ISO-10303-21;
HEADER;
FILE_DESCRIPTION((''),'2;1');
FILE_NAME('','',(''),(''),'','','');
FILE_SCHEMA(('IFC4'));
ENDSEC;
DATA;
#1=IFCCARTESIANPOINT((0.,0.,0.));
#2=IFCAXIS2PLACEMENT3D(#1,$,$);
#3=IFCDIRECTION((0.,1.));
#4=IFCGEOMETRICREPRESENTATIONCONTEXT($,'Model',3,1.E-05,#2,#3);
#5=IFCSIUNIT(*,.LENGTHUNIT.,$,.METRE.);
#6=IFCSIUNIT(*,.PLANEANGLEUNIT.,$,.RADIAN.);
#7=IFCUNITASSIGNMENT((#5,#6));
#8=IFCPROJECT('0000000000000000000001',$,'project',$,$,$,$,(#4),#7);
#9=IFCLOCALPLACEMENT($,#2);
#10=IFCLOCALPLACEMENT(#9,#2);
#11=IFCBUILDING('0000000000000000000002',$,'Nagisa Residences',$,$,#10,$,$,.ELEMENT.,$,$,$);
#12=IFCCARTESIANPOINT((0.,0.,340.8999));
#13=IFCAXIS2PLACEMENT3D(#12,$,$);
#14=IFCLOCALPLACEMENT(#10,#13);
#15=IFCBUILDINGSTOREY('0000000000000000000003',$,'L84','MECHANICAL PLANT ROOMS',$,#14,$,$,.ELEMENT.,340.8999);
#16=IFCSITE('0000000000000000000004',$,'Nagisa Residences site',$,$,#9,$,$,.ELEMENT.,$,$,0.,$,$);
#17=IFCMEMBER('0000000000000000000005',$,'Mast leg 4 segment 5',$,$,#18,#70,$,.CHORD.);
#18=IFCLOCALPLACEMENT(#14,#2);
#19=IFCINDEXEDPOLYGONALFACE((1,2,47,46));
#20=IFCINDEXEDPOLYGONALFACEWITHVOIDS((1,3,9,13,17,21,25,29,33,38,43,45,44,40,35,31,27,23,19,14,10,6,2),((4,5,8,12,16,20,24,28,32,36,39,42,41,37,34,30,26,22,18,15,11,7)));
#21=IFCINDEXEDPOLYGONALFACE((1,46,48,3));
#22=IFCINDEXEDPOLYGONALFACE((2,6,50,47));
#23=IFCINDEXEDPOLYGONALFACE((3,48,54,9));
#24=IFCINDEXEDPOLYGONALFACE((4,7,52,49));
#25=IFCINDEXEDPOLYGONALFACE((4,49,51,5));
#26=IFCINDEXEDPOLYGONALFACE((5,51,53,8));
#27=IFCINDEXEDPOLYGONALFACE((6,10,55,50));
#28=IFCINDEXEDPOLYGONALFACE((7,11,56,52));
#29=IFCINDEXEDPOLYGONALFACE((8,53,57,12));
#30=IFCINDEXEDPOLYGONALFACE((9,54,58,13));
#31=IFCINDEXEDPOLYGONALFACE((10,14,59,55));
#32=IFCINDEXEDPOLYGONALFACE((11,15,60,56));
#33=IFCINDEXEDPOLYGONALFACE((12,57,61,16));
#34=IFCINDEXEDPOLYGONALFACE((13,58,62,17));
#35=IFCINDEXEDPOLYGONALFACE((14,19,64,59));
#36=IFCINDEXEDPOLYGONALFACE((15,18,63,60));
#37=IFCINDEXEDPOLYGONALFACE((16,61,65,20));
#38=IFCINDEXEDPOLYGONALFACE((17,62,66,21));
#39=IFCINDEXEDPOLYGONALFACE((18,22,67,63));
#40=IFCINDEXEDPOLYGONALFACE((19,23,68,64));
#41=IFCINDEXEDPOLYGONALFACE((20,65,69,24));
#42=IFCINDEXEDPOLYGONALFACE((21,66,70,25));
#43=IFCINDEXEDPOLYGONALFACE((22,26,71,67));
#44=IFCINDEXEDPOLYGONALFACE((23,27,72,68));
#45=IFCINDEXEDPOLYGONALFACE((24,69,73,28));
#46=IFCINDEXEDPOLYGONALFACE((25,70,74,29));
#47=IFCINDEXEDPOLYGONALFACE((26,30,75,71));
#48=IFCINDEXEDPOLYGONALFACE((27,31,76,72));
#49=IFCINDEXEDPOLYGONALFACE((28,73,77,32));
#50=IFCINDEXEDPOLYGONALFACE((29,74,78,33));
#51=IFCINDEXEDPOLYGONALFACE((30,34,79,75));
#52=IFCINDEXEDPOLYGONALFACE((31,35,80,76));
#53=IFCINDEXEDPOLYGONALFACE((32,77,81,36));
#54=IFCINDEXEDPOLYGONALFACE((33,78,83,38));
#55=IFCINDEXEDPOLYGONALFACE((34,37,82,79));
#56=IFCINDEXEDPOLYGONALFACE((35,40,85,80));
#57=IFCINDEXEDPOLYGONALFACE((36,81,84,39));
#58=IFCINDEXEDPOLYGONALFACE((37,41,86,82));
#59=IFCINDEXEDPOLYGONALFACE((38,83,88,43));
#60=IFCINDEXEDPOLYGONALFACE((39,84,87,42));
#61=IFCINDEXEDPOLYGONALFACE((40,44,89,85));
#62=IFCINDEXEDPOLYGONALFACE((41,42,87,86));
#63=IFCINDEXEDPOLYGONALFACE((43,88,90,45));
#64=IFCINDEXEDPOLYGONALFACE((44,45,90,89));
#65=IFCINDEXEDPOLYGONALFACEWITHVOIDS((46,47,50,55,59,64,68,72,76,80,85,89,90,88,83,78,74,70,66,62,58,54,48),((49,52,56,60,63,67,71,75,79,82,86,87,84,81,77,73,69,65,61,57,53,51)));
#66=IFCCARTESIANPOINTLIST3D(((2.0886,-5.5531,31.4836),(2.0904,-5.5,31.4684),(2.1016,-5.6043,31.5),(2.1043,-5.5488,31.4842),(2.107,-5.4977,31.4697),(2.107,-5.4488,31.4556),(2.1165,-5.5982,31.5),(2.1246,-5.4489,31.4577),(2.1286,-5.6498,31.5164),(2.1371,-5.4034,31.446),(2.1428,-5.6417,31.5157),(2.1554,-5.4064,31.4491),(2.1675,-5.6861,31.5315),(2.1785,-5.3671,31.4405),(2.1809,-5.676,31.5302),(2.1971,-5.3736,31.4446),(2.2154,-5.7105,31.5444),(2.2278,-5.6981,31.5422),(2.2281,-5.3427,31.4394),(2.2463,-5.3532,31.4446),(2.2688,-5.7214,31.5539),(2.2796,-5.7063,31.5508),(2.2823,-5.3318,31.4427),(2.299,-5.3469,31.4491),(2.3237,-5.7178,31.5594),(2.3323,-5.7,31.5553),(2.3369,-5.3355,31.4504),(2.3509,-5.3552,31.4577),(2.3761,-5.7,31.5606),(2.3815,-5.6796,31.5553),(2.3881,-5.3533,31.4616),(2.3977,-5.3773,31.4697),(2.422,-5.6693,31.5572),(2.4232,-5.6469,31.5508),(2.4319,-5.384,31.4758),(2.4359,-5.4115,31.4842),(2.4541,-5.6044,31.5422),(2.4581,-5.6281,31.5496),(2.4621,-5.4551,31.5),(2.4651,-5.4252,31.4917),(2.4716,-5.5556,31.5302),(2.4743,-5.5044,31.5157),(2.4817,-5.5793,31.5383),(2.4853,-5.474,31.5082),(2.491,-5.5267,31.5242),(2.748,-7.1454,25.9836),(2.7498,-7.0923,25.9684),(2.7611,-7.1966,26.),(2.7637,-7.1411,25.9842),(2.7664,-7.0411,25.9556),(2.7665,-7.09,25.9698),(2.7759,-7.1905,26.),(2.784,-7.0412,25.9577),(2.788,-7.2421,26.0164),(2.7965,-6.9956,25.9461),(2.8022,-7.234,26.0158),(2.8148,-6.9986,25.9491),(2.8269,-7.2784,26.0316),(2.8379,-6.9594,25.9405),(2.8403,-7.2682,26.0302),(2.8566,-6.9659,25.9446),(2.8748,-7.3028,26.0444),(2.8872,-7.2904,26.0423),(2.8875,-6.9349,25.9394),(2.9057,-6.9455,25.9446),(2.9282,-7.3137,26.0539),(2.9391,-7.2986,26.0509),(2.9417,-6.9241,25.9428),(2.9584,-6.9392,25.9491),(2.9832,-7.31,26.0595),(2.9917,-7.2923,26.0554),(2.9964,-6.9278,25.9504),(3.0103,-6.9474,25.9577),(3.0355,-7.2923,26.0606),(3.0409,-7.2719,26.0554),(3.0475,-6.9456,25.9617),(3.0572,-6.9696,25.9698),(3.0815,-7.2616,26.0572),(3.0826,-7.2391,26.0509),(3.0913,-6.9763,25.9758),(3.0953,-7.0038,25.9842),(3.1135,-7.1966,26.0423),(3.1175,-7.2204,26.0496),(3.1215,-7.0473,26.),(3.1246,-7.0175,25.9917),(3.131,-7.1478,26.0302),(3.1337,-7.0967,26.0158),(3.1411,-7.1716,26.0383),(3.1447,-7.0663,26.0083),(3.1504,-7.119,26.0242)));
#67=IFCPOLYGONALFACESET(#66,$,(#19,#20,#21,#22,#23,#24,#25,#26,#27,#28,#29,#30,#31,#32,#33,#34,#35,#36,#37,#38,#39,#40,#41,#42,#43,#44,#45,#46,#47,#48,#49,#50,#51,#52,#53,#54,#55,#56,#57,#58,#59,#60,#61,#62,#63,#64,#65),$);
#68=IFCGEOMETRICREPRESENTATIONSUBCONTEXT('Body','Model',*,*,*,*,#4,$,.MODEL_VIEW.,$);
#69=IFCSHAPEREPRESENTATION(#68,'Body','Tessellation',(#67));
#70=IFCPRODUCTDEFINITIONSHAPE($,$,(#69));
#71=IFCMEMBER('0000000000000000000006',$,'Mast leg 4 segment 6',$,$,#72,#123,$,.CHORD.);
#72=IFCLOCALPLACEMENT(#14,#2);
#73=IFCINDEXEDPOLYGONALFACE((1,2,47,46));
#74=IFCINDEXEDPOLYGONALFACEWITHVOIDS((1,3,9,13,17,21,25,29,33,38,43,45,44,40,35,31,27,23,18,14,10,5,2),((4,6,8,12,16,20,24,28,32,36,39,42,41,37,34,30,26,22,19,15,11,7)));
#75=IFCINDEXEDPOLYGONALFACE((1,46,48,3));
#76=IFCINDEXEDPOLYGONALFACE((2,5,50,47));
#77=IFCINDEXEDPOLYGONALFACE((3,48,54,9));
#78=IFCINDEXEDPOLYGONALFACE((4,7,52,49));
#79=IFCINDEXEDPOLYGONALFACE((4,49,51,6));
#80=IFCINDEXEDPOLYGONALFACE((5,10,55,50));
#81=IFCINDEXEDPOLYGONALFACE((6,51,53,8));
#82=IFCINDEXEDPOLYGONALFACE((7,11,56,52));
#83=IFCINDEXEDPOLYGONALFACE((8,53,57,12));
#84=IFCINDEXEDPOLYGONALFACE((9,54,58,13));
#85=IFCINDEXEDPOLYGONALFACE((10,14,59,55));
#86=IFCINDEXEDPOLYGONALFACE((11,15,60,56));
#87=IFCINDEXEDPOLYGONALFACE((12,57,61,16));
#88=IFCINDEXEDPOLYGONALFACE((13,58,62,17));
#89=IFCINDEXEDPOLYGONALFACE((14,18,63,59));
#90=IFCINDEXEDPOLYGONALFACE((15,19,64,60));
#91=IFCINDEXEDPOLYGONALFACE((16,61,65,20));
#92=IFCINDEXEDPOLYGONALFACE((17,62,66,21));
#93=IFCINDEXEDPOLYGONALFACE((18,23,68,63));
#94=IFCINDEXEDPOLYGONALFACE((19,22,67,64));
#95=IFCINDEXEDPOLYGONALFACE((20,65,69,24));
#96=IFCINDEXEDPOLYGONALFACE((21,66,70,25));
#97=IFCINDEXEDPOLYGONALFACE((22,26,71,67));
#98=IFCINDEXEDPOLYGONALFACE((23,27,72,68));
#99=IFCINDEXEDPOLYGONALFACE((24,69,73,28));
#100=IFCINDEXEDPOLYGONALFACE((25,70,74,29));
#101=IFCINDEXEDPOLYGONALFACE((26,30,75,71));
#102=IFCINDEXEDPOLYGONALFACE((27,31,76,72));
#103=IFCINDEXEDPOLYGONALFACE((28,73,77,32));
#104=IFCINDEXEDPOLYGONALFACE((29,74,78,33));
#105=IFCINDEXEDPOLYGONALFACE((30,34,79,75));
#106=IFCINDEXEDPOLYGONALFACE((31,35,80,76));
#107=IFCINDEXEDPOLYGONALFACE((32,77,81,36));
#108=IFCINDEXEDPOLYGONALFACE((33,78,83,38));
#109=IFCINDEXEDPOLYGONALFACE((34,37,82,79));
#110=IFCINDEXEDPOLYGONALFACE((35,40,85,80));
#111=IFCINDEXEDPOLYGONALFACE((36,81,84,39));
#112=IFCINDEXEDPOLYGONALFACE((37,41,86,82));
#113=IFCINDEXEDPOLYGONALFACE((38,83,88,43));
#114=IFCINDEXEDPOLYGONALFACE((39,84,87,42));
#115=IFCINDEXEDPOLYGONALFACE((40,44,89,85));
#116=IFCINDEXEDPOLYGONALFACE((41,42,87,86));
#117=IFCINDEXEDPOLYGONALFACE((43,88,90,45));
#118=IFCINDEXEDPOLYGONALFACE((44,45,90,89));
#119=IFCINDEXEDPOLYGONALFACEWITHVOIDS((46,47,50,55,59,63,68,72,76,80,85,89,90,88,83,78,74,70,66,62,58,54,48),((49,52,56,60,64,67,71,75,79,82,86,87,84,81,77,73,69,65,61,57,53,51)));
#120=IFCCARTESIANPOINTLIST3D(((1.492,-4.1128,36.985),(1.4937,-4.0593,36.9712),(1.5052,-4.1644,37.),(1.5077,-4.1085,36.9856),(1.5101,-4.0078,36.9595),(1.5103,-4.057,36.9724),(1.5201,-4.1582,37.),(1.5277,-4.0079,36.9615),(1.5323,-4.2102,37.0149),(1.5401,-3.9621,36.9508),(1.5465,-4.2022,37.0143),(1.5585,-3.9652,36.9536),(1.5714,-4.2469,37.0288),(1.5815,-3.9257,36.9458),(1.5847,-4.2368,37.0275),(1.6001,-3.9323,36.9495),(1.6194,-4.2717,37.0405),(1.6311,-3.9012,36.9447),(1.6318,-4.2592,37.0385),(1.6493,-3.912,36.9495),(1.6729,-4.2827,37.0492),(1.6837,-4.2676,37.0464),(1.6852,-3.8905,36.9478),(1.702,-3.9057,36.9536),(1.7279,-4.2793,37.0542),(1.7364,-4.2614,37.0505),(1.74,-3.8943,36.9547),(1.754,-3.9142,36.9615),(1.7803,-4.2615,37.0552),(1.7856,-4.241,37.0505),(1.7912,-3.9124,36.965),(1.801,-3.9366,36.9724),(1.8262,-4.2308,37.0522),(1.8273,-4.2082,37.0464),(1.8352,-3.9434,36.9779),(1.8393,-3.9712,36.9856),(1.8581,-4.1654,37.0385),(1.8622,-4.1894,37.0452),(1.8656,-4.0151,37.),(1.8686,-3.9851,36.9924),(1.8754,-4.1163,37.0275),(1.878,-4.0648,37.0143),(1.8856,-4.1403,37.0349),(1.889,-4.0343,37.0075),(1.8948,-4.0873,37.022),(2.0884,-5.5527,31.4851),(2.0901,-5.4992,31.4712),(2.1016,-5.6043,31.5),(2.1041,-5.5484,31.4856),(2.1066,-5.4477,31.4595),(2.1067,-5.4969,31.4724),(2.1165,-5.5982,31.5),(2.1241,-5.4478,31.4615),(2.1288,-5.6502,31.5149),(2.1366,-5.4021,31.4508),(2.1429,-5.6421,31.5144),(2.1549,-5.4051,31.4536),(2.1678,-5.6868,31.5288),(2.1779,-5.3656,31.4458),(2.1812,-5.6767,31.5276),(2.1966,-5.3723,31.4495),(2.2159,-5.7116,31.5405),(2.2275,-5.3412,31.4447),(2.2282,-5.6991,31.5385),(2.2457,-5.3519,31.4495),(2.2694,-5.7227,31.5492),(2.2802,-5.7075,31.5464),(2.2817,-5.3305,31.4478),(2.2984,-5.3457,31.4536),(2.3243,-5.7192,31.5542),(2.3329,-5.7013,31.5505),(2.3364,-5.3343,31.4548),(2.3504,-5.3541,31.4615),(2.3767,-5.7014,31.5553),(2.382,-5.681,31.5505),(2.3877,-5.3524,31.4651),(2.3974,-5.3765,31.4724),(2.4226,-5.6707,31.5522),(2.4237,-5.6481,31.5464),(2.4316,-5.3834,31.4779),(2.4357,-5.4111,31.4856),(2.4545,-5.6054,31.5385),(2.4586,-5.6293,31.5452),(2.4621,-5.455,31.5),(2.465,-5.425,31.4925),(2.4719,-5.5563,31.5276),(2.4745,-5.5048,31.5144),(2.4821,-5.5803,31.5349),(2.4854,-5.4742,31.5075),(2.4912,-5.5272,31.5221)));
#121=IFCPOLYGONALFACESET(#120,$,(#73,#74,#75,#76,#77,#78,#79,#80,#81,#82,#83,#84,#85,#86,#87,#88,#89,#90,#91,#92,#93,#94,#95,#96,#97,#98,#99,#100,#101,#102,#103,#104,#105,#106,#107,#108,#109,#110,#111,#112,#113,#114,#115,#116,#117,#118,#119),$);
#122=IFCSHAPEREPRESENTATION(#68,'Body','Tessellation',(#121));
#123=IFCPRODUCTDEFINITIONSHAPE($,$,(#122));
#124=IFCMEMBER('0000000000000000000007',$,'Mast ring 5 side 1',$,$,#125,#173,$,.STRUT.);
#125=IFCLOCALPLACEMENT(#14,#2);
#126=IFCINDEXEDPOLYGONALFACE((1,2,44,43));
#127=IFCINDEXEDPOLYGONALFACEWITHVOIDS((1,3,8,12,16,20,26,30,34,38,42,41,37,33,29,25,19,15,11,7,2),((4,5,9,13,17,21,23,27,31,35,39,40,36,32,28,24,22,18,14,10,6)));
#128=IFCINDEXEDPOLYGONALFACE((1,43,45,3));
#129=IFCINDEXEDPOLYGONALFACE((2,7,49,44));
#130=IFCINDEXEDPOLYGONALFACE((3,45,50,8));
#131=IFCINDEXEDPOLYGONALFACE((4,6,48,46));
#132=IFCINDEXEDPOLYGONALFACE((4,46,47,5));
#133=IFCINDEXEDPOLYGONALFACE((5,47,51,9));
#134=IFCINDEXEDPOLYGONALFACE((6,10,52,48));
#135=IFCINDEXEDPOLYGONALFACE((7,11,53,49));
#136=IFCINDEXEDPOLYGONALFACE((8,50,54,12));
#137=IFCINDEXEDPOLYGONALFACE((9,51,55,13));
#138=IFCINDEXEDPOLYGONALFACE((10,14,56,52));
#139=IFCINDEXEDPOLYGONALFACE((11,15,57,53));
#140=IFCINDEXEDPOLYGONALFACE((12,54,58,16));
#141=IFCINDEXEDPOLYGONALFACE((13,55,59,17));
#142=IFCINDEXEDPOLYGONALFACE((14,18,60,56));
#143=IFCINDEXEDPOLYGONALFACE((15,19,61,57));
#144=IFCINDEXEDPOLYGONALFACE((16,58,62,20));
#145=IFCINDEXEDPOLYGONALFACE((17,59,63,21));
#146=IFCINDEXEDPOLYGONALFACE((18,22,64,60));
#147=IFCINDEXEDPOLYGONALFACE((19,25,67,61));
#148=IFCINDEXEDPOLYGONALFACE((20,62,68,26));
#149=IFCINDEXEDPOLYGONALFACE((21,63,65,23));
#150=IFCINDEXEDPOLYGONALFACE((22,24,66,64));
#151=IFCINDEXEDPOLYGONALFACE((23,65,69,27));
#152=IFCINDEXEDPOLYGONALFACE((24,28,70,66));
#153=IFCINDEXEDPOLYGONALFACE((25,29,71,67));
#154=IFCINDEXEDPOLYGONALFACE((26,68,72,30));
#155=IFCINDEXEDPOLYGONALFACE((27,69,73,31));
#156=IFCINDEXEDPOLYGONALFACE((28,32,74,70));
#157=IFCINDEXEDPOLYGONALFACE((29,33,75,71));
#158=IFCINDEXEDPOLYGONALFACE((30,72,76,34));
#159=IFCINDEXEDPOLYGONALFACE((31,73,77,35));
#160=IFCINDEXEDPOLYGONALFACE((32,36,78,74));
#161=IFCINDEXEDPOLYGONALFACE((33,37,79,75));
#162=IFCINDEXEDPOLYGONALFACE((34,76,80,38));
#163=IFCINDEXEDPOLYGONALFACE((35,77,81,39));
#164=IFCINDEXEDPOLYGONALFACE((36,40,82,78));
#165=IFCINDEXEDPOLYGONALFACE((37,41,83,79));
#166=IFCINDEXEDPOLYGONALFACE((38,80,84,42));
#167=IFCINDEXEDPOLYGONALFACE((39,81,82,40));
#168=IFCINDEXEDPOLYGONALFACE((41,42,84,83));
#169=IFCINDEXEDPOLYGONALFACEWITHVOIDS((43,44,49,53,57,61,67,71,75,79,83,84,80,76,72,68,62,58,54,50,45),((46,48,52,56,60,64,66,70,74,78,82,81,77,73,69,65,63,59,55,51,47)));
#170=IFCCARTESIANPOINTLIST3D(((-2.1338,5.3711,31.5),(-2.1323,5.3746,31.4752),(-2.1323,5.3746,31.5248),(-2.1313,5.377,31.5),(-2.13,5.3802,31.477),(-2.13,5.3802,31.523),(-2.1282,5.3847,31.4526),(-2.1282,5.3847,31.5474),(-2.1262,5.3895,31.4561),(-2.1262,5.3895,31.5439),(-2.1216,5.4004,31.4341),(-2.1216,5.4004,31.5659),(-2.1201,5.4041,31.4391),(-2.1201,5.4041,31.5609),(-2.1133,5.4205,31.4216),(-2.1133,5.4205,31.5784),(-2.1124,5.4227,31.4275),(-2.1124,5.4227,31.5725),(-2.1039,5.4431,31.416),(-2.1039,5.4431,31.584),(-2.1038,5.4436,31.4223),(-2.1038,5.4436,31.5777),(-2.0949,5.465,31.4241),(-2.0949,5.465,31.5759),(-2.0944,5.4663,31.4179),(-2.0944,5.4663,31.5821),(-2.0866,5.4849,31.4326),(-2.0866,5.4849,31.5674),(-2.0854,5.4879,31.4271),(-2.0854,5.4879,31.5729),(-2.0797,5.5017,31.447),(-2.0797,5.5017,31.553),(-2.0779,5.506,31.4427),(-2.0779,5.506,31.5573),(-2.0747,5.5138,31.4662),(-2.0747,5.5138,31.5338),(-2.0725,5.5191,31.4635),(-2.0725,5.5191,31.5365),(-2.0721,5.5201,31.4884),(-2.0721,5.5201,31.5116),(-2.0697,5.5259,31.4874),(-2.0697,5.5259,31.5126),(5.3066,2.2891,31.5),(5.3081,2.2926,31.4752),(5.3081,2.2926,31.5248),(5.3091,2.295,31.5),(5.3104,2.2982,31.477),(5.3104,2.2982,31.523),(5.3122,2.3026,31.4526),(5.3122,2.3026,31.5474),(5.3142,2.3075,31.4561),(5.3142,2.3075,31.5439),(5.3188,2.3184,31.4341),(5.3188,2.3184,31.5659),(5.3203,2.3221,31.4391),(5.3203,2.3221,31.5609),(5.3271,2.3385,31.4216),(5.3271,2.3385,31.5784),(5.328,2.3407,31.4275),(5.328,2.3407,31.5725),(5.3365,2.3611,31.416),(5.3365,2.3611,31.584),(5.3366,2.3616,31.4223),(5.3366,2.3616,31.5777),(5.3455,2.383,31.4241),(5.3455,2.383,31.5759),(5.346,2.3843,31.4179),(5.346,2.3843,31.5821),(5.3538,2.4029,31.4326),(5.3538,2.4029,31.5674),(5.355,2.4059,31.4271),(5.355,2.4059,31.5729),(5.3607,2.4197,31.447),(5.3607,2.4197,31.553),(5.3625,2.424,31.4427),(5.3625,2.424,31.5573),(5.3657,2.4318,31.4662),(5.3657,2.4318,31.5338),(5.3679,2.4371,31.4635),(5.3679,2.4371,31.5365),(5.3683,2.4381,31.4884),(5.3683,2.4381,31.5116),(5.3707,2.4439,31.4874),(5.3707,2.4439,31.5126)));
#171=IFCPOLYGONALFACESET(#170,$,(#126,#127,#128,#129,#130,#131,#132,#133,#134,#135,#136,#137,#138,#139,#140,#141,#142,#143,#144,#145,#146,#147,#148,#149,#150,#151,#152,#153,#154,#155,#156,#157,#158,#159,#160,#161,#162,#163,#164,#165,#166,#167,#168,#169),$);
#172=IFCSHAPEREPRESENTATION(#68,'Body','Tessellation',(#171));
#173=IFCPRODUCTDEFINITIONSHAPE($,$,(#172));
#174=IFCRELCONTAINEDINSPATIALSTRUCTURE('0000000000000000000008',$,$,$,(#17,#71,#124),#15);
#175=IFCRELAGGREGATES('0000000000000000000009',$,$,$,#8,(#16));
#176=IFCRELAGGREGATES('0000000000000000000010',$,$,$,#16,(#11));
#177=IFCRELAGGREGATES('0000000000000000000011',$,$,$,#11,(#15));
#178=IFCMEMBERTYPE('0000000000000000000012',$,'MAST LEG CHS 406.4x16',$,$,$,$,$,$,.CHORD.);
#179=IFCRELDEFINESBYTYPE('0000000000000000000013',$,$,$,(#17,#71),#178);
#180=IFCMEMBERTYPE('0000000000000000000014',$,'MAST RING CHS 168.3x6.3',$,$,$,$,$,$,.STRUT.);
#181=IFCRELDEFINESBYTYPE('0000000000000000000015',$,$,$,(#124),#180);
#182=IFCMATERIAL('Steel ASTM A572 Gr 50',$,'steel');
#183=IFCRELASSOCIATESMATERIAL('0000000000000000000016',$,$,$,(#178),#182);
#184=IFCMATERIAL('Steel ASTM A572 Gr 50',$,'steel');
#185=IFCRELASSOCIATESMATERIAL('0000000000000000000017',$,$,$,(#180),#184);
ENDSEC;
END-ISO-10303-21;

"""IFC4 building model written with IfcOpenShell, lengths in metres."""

from ifc_helpers import new_model, si_unit, direction, frame, origin, origin_2d, place, context, subcontext, project, spatial, hollow_circle, extrude, material, material_profile, profile_set, type_object, element, save


model = new_model("IFC4")

# Units and contexts
model_context = context("Model", 3, precision=1e-05, world=origin(), true_north=direction((0.0, 1.0)))
body_context = subcontext(model_context, "Body", "Model", "MODEL_VIEW")
ifc_project = project(units=[si_unit("LENGTHUNIT", "METRE"), si_unit("PLANEANGLEUNIT", "RADIAN")], contexts=[model_context])

# Site, building, storey
site_placement = place(None, origin())
site = spatial("IfcSite", under=ifc_project, at=site_placement, Name="Nagisa Residences site", CompositionType="ELEMENT", RefElevation=0.0)
building_placement = place(site_placement, origin())
building = spatial("IfcBuilding", under=site, at=building_placement, Name="Nagisa Residences", CompositionType="ELEMENT")
storey_placement = place(building_placement, frame((0.0, 0.0, 340.8999)))
storey = spatial("IfcBuildingStorey", under=building, at=storey_placement, Name="L84", Description="MECHANICAL PLANT ROOMS", CompositionType="ELEMENT", Elevation=340.8999)

# Members
ifc_material_1 = material(Name="Steel ASTM A572 Gr 50", Category="steel")
ifc_material_profile_1 = material_profile(ifc_material_1, hollow_circle(Radius=0.2031, WallThickness=0.0161, at=origin_2d()), Name="MAST LEG CHS 406.4x16")
ifc_profile_set_1 = profile_set([ifc_material_profile_1], Name="Steel ASTM A572 Gr 50")
member_type_1 = type_object("IfcMemberType", Name="MAST LEG CHS 406.4x16", PredefinedType="CHORD", material=ifc_profile_set_1)
member_1_placement = place(storey_placement, frame((2.9487, -7.1189, 26.0), z_axis=(-0.11441, 0.276261, 0.954249), x_axis=(-0.923905, -0.382623, 0.0)))
element("IfcMember", 1, at=member_1_placement, inside=storey, type_object=member_type_1, Name="Mast leg 4 segment 5", PredefinedType="CHORD", context=body_context, shape_type="SweptSolid", body=[
    extrude(hollow_circle(Radius=0.2031, WallThickness=0.0161, at=origin_2d()), origin(), (0.0, 0.0, 1.0), 5.7637),
])
member_2_placement = place(storey_placement, frame((2.2893, -5.5266, 31.5), z_axis=(-0.104335, 0.251889, 0.962115), x_axis=(-0.923881, -0.382679, 0.0)))
element("IfcMember", 2, at=member_2_placement, inside=storey, type_object=member_type_1, Name="Mast leg 4 segment 6", PredefinedType="CHORD", context=body_context, shape_type="SweptSolid", body=[
    extrude(hollow_circle(Radius=0.2031, WallThickness=0.0161, at=origin_2d()), origin(), (0.0, 0.0, 1.0), 5.7166),
])
ifc_material_2 = material(Name="Steel ASTM A572 Gr 50", Category="steel")
ifc_material_profile_2 = material_profile(ifc_material_2, hollow_circle(Radius=0.0842, WallThickness=0.0063, at=origin_2d()), Name="MAST RING CHS 168.3x6.3")
ifc_profile_set_2 = profile_set([ifc_material_profile_2], Name="Steel ASTM A572 Gr 50")
member_type_2 = type_object("IfcMemberType", Name="MAST RING CHS 168.3x6.3", PredefinedType="STRUT", material=ifc_profile_set_2)
for number, where, z_axis, x_axis, name in (
    (3, (5.3389, 2.3669, 31.5), (-0.923875, 0.382694, 0.0), (-0.382694, -0.923875, 0.0), "Mast ring 5 side 1"),
):
    element("IfcMember", number, at=place(storey_placement, frame(where, z_axis=z_axis, x_axis=x_axis)), inside=storey, type_object=member_type_2, Name=name, PredefinedType="STRUT", context=body_context, shape_type="SweptSolid", body=[
        extrude(hollow_circle(Radius=0.0842, WallThickness=0.0063, at=origin_2d()), origin(), (0.0, 0.0, 1.0), 8.0535),
    ])

save(model, "model.ifc")
